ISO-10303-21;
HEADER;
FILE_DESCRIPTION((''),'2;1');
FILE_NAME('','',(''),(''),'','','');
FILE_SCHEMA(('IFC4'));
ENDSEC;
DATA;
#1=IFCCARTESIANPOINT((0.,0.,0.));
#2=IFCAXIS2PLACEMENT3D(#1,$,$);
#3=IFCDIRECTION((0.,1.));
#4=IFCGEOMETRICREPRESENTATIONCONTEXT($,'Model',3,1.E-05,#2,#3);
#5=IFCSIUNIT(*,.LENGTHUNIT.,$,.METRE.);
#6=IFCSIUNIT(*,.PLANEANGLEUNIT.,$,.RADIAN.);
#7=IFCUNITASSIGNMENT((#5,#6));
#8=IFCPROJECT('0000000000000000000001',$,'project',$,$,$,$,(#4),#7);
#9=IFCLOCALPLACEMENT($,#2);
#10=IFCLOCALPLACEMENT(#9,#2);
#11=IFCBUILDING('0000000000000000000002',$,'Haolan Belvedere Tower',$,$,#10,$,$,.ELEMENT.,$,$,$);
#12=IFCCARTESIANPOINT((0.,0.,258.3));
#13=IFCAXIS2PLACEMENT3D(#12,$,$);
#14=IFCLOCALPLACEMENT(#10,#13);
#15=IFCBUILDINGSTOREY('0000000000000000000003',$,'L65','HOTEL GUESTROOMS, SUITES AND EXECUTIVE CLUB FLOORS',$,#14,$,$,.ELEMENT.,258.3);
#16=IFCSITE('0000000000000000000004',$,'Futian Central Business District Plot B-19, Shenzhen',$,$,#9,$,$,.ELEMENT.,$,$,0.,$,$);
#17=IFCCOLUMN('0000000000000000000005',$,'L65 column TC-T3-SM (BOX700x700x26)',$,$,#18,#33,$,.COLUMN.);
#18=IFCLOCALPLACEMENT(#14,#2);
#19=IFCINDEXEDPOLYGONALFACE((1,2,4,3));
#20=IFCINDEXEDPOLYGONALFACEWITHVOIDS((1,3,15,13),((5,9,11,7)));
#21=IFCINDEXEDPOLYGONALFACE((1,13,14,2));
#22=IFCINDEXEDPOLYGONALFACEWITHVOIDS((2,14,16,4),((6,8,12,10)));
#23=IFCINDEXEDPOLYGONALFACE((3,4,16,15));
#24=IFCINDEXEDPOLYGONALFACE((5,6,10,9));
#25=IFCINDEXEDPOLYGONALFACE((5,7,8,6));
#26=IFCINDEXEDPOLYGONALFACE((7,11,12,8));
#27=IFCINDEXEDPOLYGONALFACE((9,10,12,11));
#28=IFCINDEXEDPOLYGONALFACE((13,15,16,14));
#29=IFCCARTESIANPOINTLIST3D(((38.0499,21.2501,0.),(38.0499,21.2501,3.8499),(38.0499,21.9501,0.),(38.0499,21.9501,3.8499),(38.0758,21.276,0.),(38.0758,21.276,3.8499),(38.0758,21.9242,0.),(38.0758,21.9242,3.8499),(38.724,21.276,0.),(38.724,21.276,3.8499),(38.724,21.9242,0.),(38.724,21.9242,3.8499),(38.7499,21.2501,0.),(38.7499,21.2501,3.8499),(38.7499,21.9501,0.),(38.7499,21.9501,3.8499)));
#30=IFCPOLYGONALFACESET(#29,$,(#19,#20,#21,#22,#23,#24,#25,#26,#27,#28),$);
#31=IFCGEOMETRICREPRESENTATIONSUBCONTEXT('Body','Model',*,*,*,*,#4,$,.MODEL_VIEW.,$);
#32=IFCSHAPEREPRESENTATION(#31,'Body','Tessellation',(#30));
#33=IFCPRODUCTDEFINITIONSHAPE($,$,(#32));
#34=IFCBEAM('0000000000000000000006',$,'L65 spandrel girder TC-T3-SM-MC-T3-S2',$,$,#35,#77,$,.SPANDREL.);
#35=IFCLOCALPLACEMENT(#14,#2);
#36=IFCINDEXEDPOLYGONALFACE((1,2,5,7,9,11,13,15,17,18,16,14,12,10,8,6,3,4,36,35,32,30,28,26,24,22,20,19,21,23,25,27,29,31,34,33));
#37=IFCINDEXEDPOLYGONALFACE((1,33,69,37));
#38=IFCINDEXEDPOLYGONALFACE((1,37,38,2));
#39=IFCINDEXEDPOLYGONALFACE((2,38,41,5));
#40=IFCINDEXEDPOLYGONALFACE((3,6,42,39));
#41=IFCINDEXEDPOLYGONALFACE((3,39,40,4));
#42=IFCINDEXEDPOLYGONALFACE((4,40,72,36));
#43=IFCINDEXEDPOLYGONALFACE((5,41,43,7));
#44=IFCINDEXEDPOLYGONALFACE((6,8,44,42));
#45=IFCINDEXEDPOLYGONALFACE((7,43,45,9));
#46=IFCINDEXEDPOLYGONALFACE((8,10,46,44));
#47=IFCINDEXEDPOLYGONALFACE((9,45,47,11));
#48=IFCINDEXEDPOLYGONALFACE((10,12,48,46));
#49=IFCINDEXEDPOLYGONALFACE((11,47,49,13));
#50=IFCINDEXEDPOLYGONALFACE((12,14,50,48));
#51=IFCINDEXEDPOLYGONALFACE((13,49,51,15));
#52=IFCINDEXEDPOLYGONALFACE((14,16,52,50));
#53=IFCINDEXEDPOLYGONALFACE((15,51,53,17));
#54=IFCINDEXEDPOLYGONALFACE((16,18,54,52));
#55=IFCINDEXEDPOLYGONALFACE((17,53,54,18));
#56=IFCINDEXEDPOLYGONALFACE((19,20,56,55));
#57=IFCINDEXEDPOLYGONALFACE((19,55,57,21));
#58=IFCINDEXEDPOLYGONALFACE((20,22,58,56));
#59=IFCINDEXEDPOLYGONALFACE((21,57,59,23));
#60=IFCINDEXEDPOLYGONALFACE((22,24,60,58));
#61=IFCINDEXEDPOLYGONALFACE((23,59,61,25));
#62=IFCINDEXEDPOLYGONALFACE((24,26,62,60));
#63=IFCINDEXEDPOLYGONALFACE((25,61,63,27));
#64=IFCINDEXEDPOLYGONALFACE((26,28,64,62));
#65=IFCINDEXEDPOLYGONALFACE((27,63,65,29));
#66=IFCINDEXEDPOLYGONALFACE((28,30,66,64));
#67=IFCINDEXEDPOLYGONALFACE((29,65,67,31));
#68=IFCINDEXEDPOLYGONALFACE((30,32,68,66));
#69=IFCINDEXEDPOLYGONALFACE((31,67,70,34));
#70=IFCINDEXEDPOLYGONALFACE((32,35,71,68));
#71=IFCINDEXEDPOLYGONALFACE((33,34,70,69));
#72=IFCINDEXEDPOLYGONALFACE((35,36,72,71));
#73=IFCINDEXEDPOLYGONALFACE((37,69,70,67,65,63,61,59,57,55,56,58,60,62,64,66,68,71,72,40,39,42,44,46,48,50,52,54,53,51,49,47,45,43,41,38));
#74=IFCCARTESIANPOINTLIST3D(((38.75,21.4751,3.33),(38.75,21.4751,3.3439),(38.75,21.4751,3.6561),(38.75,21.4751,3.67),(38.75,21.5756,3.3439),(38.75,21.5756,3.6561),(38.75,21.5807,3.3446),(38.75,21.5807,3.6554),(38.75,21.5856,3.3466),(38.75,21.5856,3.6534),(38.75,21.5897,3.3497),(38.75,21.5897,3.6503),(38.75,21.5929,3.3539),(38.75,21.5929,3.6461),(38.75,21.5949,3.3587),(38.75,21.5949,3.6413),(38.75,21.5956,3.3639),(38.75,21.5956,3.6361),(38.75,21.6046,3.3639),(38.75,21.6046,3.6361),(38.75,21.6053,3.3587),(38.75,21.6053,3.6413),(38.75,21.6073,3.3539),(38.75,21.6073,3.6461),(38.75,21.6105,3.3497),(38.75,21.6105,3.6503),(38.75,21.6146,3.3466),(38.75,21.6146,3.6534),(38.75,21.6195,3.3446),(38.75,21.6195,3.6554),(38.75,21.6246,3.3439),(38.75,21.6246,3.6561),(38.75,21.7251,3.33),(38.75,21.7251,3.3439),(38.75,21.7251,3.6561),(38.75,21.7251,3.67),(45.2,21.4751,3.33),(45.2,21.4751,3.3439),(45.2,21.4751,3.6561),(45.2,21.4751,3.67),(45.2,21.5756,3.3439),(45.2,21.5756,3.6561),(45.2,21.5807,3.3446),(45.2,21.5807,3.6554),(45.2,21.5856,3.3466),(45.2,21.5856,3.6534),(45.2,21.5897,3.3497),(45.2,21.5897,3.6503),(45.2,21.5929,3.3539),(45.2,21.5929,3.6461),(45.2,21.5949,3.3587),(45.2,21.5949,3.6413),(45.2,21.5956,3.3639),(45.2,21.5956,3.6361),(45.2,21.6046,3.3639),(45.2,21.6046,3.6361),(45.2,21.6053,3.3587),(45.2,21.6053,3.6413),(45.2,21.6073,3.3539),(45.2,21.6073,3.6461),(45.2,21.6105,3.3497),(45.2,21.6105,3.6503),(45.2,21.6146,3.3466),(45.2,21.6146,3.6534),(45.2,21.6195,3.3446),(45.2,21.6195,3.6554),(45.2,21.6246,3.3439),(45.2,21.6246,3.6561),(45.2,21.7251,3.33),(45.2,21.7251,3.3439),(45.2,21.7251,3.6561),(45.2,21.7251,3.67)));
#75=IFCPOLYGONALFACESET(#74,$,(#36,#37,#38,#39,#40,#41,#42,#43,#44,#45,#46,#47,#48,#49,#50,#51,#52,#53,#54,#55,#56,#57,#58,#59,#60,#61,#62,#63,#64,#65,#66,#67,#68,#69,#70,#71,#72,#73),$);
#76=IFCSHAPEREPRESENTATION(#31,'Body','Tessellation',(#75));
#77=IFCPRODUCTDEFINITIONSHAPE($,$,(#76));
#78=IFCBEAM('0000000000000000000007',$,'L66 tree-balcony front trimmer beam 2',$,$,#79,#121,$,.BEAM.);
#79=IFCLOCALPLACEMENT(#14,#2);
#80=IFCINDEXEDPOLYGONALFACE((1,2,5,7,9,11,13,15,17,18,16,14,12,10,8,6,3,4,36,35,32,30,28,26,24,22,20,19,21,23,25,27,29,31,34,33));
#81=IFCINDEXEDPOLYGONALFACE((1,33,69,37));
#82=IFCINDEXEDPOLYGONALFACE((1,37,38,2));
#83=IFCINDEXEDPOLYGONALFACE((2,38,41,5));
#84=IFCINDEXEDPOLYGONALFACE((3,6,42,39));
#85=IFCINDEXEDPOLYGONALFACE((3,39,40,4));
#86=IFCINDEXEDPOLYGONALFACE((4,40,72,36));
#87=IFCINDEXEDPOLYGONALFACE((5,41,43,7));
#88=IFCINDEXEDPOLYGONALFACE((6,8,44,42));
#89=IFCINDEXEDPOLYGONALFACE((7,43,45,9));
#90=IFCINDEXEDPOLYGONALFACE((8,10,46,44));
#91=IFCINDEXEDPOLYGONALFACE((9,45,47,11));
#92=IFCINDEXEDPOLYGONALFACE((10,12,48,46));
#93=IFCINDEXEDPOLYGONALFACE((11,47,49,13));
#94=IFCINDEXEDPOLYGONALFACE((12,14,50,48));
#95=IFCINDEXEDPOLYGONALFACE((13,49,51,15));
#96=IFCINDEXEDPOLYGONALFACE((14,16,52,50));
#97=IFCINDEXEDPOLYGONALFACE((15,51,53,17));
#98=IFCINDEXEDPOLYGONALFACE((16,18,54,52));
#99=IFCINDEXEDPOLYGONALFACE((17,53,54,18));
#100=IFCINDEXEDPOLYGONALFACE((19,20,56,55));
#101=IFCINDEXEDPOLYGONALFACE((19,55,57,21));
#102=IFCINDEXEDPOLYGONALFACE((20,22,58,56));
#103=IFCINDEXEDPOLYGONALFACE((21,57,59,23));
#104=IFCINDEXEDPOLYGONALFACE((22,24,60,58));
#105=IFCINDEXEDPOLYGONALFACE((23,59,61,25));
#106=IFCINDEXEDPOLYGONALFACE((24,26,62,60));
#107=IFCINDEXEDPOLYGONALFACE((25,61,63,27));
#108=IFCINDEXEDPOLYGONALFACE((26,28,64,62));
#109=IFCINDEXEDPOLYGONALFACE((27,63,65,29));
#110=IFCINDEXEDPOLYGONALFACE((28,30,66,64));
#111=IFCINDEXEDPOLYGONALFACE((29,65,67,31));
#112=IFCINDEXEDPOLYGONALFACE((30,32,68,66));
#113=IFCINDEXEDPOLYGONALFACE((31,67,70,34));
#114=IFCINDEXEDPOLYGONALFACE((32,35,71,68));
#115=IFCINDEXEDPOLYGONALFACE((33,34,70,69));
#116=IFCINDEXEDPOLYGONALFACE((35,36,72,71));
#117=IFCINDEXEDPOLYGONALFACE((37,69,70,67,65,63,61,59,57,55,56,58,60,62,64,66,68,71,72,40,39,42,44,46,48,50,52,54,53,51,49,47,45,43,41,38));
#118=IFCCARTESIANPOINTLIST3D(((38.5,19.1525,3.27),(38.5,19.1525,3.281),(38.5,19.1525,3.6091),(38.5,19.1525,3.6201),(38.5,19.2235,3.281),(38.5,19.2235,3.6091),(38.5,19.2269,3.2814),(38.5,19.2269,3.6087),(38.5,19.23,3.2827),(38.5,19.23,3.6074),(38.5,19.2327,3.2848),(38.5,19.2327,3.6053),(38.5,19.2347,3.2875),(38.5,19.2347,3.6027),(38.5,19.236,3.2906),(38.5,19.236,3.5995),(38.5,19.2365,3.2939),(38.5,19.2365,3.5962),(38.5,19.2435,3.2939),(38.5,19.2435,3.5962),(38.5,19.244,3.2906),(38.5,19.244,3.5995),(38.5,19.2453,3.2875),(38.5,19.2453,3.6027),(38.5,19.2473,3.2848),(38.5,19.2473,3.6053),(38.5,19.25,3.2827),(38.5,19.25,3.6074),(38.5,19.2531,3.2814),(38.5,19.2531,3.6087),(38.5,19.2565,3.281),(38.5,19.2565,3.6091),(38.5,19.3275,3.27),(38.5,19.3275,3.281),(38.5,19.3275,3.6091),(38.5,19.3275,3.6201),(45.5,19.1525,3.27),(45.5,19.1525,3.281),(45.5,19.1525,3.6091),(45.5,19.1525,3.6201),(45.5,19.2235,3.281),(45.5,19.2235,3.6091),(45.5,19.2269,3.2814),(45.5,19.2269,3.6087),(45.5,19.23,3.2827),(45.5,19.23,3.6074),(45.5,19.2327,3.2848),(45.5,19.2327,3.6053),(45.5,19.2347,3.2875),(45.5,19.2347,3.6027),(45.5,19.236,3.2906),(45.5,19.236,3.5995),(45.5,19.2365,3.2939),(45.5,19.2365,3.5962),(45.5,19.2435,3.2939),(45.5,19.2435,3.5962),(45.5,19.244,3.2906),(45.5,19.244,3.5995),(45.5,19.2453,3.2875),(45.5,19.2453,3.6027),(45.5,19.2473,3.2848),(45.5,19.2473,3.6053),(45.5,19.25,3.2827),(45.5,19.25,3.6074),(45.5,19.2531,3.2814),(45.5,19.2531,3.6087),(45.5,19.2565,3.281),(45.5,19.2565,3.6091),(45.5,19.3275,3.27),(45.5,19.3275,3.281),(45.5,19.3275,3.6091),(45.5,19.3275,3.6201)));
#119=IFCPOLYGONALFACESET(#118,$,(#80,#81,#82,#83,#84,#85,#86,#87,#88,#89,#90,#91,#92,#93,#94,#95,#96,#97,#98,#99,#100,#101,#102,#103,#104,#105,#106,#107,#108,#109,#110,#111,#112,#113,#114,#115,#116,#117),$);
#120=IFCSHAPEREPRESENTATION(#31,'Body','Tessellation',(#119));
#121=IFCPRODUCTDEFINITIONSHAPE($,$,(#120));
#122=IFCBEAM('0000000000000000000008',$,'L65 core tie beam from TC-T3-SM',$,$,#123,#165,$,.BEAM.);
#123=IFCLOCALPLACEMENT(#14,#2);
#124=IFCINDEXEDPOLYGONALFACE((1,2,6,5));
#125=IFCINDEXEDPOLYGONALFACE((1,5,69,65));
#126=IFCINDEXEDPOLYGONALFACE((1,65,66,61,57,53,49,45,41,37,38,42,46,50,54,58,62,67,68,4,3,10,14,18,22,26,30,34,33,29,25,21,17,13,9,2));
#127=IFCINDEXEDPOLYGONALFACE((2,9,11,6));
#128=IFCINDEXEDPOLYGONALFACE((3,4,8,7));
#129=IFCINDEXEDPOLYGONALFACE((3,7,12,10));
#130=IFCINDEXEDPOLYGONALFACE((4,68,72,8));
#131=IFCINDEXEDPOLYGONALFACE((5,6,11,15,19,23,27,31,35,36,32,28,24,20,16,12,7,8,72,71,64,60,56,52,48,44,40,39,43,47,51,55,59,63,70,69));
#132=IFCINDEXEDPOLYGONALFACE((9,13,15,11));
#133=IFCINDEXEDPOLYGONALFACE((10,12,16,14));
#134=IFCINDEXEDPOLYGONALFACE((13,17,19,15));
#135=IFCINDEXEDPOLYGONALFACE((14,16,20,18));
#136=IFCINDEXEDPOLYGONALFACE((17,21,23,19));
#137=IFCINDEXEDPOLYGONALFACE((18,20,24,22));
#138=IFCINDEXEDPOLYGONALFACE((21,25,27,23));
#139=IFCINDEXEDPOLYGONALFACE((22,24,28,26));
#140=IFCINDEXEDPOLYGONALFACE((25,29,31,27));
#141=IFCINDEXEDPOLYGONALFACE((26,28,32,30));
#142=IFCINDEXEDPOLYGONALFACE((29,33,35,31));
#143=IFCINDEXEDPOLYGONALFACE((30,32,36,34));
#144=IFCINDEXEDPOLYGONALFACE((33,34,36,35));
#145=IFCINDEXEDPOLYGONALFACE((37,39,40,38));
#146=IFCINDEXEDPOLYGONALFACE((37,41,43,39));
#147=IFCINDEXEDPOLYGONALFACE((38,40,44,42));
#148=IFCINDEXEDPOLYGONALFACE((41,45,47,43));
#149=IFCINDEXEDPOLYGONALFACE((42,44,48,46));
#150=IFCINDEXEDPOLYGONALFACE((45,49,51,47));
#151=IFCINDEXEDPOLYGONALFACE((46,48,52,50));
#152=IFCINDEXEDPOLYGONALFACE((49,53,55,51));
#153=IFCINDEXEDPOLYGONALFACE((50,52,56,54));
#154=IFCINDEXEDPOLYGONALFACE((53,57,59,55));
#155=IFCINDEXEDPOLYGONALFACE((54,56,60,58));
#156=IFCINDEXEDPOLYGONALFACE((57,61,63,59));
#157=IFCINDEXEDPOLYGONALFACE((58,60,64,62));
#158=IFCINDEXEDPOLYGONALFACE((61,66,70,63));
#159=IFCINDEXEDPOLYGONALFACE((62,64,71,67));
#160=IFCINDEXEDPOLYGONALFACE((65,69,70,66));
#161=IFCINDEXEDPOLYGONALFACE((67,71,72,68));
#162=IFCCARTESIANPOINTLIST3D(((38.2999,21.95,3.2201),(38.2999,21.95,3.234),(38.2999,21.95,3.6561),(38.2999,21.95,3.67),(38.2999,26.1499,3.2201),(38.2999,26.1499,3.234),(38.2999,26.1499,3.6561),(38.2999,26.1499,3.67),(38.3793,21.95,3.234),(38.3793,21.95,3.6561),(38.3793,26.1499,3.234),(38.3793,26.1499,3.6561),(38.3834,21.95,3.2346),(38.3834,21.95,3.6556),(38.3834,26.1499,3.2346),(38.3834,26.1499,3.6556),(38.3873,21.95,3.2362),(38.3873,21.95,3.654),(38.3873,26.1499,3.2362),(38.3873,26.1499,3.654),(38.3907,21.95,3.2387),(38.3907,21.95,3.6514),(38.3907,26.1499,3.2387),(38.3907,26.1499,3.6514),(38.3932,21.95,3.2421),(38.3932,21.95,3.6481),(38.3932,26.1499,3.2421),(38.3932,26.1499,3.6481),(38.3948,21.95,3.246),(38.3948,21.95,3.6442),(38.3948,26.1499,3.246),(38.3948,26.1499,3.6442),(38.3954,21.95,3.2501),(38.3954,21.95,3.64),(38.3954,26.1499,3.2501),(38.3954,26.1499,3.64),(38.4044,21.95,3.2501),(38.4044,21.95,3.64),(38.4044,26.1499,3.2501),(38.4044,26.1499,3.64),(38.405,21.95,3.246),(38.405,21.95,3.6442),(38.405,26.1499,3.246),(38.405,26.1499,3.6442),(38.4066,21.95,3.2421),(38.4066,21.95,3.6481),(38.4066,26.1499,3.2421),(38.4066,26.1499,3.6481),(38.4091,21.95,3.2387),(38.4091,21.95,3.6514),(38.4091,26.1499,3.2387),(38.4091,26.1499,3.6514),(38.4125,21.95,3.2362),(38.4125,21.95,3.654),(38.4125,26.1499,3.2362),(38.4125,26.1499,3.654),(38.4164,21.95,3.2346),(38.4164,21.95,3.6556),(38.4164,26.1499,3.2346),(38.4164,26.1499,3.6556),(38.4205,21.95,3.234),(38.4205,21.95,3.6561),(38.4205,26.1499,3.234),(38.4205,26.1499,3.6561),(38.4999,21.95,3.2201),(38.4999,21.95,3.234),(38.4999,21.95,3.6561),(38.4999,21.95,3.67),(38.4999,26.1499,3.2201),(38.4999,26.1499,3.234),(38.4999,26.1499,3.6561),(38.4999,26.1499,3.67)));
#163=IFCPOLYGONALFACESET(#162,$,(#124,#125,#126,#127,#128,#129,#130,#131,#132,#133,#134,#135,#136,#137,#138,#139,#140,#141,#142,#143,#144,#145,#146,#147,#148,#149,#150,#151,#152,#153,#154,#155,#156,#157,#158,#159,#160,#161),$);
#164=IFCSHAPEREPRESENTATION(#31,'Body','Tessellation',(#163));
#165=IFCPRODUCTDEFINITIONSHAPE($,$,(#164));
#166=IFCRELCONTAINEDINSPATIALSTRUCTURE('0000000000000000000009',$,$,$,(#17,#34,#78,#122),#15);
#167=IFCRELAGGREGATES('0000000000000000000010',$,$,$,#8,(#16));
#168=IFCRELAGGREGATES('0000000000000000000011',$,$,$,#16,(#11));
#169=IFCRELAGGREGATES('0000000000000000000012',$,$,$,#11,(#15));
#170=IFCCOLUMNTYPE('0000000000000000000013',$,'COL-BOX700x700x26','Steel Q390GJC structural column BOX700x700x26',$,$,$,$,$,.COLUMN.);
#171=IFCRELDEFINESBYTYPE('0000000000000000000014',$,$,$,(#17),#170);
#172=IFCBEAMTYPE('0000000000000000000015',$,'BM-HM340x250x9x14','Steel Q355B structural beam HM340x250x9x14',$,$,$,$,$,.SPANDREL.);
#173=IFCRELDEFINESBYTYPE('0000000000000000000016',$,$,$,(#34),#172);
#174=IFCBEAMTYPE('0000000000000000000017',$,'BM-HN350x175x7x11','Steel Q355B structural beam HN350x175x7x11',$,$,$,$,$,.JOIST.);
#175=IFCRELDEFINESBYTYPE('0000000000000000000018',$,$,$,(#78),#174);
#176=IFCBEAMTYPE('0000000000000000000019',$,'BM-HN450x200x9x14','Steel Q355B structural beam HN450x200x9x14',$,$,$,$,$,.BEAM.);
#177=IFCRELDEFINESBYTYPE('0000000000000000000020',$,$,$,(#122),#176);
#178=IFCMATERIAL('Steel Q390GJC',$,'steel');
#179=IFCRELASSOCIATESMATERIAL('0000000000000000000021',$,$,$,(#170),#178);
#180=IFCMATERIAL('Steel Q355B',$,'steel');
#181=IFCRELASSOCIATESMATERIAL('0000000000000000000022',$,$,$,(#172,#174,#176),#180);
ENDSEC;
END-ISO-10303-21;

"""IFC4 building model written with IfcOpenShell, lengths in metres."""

from ifc_helpers import new_model, si_unit, direction, frame, origin, origin_2d, place, context, subcontext, project, spatial, hollow_rectangle, i_section, extrude, material, material_profile, profile_set, type_object, element, save


model = new_model("IFC4")

# Units and contexts
model_context = context("Model", 3, precision=1e-05, world=origin(), true_north=direction((0.0, 1.0)))
body_context = subcontext(model_context, "Body", "Model", "MODEL_VIEW")
ifc_project = project(units=[si_unit("LENGTHUNIT", "METRE"), si_unit("PLANEANGLEUNIT", "RADIAN")], contexts=[model_context])

# Site, building, storey
site_placement = place(None, origin())
site = spatial("IfcSite", under=ifc_project, at=site_placement, Name="Futian Central Business District Plot B-19, Shenzhen", CompositionType="ELEMENT", RefElevation=0.0)
building_placement = place(site_placement, origin())
building = spatial("IfcBuilding", under=site, at=building_placement, Name="Haolan Belvedere Tower", CompositionType="ELEMENT")
storey_placement = place(building_placement, frame((0.0, 0.0, 258.3)))
storey = spatial("IfcBuildingStorey", under=building, at=storey_placement, Name="L65", Description="HOTEL GUESTROOMS, SUITES AND EXECUTIVE CLUB FLOORS", CompositionType="ELEMENT", Elevation=258.3)

# Column
ifc_material_1 = material(Name="Steel Q390GJC", Category="steel")
ifc_material_profile_1 = material_profile(ifc_material_1, hollow_rectangle(XDim=0.7, YDim=0.7, WallThickness=0.0259, at=origin_2d()), Name="Steel Q390GJC")
ifc_profile_set_1 = profile_set([ifc_material_profile_1], Name="Steel Q390GJC")
column_type = type_object("IfcColumnType", Name="COL-BOX700x700x26", Description="Steel Q390GJC structural column BOX700x700x26", PredefinedType="COLUMN", material=ifc_profile_set_1)
column_placement = place(storey_placement, frame((38.3999, 21.6001, 0.0), z_axis=(0.0, 0.0, 1.0), x_axis=(1.0, 0.0, 0.0)))
element("IfcColumn", 1, at=column_placement, inside=storey, type_object=column_type, Name="L65 column TC-T3-SM (BOX700x700x26)", PredefinedType="COLUMN", context=body_context, shape_type="SweptSolid", body=[
    extrude(hollow_rectangle(XDim=0.7, YDim=0.7, WallThickness=0.0259, at=origin_2d()), origin(), (0.0, 0.0, 1.0), 3.8499),
])

# Beams
ifc_material_2 = material(Name="Steel Q355B", Category="steel")
ifc_material_profile_2 = material_profile(ifc_material_2, i_section(OverallWidth=0.25, OverallDepth=0.3401, WebThickness=0.009, FlangeThickness=0.0139, FilletRadius=0.02, at=origin_2d()), Name="Steel Q355B")
ifc_profile_set_2 = profile_set([ifc_material_profile_2], Name="Steel Q355B")
beam_type_1 = type_object("IfcBeamType", Name="BM-HM340x250x9x14", Description="Steel Q355B structural beam HM340x250x9x14", PredefinedType="SPANDREL", material=ifc_profile_set_2)
beam_1_placement = place(storey_placement, frame((38.75, 21.6001, 3.5), z_axis=(1.0, 0.0, 0.0), x_axis=(0.0, 1.0, 0.0)))
element("IfcBeam", 2, at=beam_1_placement, inside=storey, type_object=beam_type_1, Name="L65 spandrel girder TC-T3-SM-MC-T3-S2", PredefinedType="SPANDREL", context=body_context, shape_type="SweptSolid", body=[
    extrude(i_section(OverallWidth=0.25, OverallDepth=0.3401, WebThickness=0.009, FlangeThickness=0.0139, FilletRadius=0.02, at=origin_2d()), origin(), (0.0, 0.0, 1.0), 6.45),
])
ifc_material_profile_3 = material_profile(ifc_material_2, i_section(OverallWidth=0.175, OverallDepth=0.3501, WebThickness=0.0071, FlangeThickness=0.011, FilletRadius=0.0129, at=origin_2d()), Name="Steel Q355B")
ifc_profile_set_3 = profile_set([ifc_material_profile_3], Name="Steel Q355B")
beam_type_2 = type_object("IfcBeamType", Name="BM-HN350x175x7x11", Description="Steel Q355B structural beam HN350x175x7x11", PredefinedType="JOIST", material=ifc_profile_set_3)
beam_2_placement = place(storey_placement, frame((38.5, 19.24, 3.4451), z_axis=(1.0, 0.0, 0.0), x_axis=(0.0, 1.0, 0.0)))
element("IfcBeam", 3, at=beam_2_placement, inside=storey, type_object=beam_type_2, Name="L66 tree-balcony front trimmer beam 2", PredefinedType="BEAM", context=body_context, shape_type="SweptSolid", body=[
    extrude(i_section(OverallWidth=0.175, OverallDepth=0.3501, WebThickness=0.0071, FlangeThickness=0.011, FilletRadius=0.0129, at=origin_2d()), origin(), (0.0, 0.0, 1.0), 7.0),
])
ifc_material_profile_4 = material_profile(ifc_material_2, i_section(OverallWidth=0.2, OverallDepth=0.45, WebThickness=0.009, FlangeThickness=0.0139, FilletRadius=0.0161, at=origin_2d()), Name="Steel Q355B")
ifc_profile_set_4 = profile_set([ifc_material_profile_4], Name="Steel Q355B")
beam_type_3 = type_object("IfcBeamType", Name="BM-HN450x200x9x14", Description="Steel Q355B structural beam HN450x200x9x14", PredefinedType="BEAM", material=ifc_profile_set_4)
beam_3_placement = place(storey_placement, frame((38.3999, 21.95, 3.4451), z_axis=(0.0, 1.0, 0.0), x_axis=(-1.0, 0.0, 0.0)))
element("IfcBeam", 4, at=beam_3_placement, inside=storey, type_object=beam_type_3, Name="L65 core tie beam from TC-T3-SM", PredefinedType="BEAM", context=body_context, shape_type="SweptSolid", body=[
    extrude(i_section(OverallWidth=0.2, OverallDepth=0.45, WebThickness=0.009, FlangeThickness=0.0139, FilletRadius=0.0161, at=origin_2d()), origin(), (0.0, 0.0, 1.0), 4.2),
])

save(model, "model.ifc")
